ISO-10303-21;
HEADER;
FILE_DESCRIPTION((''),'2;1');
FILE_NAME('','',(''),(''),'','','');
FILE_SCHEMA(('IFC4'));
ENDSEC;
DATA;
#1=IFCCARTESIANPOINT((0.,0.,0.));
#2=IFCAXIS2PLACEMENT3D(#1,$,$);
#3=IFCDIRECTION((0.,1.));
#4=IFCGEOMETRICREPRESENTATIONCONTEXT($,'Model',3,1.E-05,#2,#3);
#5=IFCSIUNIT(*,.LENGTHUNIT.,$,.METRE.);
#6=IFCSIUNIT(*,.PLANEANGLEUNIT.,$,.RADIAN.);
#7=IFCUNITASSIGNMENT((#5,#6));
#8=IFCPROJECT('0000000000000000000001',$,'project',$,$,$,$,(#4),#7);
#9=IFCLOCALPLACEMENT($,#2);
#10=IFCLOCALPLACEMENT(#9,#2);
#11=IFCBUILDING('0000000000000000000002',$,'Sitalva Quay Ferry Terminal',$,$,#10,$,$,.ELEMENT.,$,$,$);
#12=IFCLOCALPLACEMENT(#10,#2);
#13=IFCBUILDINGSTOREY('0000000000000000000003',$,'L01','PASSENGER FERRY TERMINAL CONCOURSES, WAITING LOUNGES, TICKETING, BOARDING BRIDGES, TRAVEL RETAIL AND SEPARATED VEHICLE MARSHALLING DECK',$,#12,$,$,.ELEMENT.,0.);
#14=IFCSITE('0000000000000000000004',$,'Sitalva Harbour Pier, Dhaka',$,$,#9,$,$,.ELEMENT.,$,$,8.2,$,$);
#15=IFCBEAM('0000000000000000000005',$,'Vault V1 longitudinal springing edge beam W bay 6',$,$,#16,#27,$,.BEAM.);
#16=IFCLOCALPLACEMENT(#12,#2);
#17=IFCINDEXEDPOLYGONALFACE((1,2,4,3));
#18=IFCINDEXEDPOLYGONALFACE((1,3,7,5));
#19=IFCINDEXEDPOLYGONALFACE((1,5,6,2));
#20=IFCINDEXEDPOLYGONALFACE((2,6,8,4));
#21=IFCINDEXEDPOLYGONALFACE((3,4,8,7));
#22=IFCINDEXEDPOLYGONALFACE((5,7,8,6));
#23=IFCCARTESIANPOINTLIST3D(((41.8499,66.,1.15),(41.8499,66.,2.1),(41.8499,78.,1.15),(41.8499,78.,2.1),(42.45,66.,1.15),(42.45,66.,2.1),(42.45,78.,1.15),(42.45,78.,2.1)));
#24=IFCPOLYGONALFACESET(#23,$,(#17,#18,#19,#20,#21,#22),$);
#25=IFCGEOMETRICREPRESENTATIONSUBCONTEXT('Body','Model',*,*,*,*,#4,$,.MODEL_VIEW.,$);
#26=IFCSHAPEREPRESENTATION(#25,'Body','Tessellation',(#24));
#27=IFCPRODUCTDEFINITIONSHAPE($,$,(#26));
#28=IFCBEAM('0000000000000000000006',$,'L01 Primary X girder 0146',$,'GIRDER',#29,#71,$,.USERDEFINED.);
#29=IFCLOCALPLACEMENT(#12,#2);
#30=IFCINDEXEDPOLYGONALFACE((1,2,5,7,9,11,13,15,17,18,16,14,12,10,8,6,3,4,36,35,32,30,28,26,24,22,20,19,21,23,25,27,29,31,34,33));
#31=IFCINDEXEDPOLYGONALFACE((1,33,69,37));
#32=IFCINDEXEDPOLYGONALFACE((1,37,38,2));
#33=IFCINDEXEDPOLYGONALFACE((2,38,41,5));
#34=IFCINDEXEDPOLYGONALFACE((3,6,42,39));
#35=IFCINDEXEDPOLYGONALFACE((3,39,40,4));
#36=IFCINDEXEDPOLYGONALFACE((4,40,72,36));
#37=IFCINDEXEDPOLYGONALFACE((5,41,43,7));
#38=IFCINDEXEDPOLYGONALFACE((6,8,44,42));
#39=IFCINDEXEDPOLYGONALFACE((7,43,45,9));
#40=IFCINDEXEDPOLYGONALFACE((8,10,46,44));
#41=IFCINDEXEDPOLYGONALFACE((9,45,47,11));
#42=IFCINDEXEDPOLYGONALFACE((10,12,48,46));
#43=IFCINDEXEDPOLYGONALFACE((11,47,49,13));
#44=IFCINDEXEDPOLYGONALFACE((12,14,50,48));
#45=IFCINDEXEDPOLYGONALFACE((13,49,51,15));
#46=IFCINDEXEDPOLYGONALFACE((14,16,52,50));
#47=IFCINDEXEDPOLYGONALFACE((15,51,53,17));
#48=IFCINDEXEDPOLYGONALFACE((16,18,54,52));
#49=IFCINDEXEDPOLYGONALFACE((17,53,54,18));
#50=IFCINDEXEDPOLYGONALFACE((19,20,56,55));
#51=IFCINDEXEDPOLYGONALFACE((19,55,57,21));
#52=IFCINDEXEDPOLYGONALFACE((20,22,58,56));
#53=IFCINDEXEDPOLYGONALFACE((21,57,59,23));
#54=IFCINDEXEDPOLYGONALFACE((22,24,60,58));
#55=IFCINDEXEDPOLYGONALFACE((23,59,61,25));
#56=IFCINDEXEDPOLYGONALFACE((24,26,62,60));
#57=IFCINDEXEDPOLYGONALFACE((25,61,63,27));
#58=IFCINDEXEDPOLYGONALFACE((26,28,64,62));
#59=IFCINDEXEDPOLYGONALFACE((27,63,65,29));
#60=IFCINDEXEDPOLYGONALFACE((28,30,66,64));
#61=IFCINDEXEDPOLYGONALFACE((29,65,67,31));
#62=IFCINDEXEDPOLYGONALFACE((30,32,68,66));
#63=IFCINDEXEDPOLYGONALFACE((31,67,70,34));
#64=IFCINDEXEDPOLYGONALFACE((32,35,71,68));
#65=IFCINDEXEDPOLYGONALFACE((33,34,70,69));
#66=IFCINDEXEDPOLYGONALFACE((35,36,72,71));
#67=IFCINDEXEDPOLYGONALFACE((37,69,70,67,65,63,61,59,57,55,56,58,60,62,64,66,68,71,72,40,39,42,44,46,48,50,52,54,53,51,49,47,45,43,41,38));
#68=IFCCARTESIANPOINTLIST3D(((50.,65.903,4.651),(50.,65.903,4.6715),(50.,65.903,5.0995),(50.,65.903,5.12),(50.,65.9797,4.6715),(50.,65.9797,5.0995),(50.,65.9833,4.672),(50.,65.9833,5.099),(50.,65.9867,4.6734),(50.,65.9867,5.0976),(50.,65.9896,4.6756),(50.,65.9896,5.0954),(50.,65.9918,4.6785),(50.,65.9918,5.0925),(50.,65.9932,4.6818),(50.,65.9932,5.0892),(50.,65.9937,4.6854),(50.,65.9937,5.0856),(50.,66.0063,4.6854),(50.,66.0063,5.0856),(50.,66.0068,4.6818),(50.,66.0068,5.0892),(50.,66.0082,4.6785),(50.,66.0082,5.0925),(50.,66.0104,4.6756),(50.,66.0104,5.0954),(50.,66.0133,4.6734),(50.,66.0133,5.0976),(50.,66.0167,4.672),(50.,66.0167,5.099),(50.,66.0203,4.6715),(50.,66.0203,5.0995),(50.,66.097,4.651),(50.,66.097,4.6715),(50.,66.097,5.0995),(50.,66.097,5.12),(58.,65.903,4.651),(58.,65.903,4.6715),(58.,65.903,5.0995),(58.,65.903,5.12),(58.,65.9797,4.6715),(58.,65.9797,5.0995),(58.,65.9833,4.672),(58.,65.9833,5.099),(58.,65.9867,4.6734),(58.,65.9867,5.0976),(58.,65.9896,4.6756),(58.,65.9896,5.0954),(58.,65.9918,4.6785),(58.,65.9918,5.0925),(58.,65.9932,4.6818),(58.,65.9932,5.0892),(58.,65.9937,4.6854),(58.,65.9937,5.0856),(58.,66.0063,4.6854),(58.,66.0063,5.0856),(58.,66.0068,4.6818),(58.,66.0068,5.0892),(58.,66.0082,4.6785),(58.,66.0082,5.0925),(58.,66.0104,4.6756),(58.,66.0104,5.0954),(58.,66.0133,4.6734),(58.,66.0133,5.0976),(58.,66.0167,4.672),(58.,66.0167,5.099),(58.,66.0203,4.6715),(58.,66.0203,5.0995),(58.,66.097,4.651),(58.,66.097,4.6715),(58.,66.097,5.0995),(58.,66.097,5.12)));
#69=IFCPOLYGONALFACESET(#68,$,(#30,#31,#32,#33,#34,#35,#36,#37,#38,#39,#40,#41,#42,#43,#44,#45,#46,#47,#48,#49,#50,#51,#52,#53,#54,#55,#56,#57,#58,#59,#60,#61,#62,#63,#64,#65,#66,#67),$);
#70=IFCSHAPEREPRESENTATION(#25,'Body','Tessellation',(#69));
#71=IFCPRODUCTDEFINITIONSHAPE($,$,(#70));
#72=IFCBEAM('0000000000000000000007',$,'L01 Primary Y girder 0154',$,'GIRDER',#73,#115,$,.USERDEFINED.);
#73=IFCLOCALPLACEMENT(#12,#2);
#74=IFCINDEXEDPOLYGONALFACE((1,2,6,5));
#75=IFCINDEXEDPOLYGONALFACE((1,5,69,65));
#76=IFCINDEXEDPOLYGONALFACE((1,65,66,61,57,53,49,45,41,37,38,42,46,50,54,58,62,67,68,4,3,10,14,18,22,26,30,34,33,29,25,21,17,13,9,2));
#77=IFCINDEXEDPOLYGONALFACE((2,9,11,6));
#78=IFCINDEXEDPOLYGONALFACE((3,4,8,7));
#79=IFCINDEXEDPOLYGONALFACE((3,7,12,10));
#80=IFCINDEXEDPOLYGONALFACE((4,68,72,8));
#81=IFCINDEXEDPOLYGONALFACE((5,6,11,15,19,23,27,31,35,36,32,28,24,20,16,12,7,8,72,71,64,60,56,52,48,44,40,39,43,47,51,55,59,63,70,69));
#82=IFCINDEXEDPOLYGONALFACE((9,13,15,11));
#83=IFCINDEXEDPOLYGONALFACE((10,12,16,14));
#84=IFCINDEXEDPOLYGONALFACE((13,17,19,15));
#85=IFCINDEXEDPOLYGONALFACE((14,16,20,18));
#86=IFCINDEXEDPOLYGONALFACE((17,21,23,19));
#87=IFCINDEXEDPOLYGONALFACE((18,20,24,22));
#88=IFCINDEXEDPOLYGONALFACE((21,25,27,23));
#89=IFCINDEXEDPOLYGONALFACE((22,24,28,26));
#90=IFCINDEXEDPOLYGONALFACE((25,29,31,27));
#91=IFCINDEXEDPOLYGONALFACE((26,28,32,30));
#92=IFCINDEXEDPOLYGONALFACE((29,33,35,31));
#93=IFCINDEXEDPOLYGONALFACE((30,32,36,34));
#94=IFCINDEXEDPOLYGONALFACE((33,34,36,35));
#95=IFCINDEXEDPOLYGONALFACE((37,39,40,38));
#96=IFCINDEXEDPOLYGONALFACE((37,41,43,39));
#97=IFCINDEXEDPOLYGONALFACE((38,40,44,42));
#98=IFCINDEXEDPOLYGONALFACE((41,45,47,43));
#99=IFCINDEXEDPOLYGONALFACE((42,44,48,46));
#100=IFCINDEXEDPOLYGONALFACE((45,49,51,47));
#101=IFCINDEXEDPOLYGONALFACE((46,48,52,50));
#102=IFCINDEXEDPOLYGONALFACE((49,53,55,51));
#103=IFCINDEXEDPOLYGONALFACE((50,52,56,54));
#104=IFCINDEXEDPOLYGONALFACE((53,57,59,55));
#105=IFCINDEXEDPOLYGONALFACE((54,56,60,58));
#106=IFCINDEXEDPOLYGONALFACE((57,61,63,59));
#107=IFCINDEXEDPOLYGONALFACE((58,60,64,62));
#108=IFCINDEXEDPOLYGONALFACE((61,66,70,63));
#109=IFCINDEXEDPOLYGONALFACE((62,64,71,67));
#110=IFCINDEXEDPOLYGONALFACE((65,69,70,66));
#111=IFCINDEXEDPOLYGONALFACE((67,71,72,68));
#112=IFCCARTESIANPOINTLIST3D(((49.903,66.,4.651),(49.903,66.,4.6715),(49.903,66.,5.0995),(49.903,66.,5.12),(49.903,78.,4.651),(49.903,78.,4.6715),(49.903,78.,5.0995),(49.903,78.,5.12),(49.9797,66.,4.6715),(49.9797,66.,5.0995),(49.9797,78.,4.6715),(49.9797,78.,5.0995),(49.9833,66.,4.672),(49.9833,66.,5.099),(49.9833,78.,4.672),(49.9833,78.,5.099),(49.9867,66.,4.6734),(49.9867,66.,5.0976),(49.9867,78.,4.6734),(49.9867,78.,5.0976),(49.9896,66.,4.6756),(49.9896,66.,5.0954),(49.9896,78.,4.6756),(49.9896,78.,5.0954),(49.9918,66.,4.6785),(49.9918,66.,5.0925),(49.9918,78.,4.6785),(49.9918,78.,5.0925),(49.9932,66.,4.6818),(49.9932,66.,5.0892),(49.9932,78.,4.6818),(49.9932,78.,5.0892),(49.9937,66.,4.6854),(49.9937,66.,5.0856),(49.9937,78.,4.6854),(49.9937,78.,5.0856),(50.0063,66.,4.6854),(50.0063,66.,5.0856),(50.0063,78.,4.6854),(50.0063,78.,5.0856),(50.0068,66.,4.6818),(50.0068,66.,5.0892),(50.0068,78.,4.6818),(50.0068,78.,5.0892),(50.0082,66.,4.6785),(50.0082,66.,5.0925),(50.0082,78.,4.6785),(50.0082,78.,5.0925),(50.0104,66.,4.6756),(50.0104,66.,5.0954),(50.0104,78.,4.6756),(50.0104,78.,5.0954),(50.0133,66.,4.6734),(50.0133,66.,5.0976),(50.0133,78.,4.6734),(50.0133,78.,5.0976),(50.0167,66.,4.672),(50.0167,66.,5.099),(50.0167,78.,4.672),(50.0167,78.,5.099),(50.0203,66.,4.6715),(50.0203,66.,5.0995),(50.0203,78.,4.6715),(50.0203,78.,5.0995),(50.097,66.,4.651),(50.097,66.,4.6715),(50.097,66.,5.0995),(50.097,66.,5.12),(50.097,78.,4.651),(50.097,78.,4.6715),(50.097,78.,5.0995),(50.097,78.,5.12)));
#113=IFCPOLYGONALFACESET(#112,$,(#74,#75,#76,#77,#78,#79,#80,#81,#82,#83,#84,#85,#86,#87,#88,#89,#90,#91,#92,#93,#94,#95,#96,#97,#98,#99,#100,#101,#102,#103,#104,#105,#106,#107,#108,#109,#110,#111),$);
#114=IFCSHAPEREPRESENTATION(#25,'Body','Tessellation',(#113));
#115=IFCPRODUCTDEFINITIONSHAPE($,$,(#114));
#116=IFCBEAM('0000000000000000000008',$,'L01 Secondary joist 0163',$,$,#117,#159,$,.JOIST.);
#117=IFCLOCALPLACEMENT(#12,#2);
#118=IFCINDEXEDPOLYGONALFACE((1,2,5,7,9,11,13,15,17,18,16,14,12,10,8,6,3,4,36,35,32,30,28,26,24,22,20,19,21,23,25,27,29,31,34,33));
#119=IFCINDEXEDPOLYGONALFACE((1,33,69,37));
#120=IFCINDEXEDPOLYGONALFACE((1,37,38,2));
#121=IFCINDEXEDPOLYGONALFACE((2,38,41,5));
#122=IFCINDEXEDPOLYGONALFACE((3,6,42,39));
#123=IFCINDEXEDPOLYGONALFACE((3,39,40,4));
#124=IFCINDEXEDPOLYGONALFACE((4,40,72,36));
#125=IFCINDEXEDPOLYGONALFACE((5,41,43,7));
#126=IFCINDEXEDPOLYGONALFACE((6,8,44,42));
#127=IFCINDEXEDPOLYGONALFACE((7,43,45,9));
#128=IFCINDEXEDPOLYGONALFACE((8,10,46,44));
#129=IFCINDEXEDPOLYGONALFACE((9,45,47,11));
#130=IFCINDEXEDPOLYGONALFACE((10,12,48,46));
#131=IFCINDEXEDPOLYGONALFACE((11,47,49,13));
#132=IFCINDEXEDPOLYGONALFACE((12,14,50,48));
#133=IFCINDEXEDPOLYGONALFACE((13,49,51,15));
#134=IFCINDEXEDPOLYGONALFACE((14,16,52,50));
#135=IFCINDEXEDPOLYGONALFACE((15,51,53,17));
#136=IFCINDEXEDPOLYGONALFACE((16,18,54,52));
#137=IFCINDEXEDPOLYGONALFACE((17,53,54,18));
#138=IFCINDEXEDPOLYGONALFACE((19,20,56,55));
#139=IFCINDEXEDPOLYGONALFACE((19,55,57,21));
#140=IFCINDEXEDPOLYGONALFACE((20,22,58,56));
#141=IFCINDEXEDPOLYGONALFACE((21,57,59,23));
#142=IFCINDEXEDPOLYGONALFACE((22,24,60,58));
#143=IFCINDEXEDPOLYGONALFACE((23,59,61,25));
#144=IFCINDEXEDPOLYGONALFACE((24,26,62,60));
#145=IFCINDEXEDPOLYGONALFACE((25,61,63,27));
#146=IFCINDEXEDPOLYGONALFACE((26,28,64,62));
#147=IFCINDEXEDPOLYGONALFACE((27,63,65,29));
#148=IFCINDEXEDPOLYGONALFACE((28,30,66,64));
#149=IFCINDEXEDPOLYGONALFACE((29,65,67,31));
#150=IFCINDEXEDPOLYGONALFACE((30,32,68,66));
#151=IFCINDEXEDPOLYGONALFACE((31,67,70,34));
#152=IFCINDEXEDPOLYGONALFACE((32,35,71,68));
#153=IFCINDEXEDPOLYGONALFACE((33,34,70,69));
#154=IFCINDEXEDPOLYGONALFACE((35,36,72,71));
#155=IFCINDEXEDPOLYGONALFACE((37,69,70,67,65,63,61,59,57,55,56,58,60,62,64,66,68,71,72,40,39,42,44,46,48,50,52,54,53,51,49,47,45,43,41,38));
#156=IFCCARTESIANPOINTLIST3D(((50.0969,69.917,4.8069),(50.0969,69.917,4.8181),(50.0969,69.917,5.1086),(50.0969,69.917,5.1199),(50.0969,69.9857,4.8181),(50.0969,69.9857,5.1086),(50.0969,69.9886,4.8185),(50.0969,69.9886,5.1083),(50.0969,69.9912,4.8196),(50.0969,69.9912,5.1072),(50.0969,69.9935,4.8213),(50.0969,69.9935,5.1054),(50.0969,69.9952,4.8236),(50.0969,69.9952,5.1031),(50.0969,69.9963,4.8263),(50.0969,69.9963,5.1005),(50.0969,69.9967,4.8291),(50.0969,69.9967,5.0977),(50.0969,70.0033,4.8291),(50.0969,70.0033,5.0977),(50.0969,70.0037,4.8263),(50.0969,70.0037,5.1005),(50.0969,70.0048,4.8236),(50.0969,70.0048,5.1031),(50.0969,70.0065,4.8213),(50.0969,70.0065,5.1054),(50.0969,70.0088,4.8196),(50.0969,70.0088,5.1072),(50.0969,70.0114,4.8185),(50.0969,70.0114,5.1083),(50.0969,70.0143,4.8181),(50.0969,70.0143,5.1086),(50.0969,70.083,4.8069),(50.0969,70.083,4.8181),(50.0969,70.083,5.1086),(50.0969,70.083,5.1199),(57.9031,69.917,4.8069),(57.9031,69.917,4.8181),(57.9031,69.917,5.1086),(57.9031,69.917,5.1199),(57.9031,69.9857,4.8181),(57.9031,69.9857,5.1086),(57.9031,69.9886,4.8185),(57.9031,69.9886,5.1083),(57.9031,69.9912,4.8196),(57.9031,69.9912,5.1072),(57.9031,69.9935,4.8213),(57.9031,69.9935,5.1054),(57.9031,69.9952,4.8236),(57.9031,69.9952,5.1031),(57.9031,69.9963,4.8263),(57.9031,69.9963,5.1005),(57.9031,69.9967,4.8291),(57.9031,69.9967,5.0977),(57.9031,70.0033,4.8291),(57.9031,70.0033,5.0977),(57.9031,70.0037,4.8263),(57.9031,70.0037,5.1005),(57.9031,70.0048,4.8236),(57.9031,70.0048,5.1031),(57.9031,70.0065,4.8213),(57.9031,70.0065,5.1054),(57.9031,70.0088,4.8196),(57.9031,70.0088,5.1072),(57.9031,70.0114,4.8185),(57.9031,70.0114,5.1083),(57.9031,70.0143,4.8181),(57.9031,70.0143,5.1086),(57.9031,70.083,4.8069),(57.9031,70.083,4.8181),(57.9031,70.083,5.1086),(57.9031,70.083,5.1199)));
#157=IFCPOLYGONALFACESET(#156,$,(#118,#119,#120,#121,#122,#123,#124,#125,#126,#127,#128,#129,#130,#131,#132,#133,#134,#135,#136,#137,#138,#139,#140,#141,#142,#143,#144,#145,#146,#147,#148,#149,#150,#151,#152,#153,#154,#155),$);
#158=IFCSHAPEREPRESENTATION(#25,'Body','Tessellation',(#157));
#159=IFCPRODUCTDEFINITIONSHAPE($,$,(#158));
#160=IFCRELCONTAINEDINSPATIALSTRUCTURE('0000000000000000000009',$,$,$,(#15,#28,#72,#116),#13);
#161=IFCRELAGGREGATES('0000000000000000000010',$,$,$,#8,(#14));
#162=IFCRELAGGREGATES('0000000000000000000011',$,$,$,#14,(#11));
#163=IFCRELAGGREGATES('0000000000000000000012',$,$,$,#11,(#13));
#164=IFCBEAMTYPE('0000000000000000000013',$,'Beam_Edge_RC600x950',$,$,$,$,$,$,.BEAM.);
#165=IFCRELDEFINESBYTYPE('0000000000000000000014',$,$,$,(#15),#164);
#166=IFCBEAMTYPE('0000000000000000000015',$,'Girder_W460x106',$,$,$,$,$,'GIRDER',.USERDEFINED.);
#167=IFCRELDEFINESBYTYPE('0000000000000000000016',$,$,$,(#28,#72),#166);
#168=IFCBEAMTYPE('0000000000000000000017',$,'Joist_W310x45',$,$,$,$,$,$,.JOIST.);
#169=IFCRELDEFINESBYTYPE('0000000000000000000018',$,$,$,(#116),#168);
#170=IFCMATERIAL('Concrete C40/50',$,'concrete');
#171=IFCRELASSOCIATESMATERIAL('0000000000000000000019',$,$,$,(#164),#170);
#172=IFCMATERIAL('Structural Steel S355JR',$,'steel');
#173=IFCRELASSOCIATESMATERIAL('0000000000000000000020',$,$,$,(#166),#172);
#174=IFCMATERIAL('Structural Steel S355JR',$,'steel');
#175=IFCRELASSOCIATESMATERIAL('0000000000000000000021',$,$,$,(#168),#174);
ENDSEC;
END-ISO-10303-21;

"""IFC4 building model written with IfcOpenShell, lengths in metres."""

from ifc_helpers import new_model, si_unit, direction, frame, origin, origin_2d, place, context, subcontext, project, spatial, rectangle, i_section, extrude, material, material_profile, profile_set, type_object, element, save


model = new_model("IFC4")

# Units and contexts
model_context = context("Model", 3, precision=1e-05, world=origin(), true_north=direction((0.0, 1.0)))
body_context = subcontext(model_context, "Body", "Model", "MODEL_VIEW")
ifc_project = project(units=[si_unit("LENGTHUNIT", "METRE"), si_unit("PLANEANGLEUNIT", "RADIAN")], contexts=[model_context])

# Site, building, storey
site_placement = place(None, origin())
site = spatial("IfcSite", under=ifc_project, at=site_placement, Name="Sitalva Harbour Pier, Dhaka", CompositionType="ELEMENT", RefElevation=8.2)
building_placement = place(site_placement, origin())
building = spatial("IfcBuilding", under=site, at=building_placement, Name="Sitalva Quay Ferry Terminal", CompositionType="ELEMENT")
storey_placement = place(building_placement, origin())
storey = spatial("IfcBuildingStorey", under=building, at=storey_placement, Name="L01", Description="PASSENGER FERRY TERMINAL CONCOURSES, WAITING LOUNGES, TICKETING, BOARDING BRIDGES, TRAVEL RETAIL AND SEPARATED VEHICLE MARSHALLING DECK", CompositionType="ELEMENT", Elevation=0.0)

# Beams
ifc_material_1 = material(Name="Concrete C40/50", Category="concrete")
ifc_material_profile_1 = material_profile(ifc_material_1, rectangle(XDim=0.6001, YDim=0.95, at=origin_2d()), Name="RC600x950")
ifc_profile_set_1 = profile_set([ifc_material_profile_1], Name="Concrete C40/50")
beam_type_1 = type_object("IfcBeamType", Name="Beam_Edge_RC600x950", PredefinedType="BEAM", material=ifc_profile_set_1)
beam_1_placement = place(storey_placement, frame((42.1499, 66.0, 1.625), z_axis=(0.0, 1.0, 0.0), x_axis=(-1.0, 0.0, 0.0)))
element("IfcBeam", 1, at=beam_1_placement, inside=storey, type_object=beam_type_1, Name="Vault V1 longitudinal springing edge beam W bay 6", PredefinedType="BEAM", context=body_context, shape_type="SweptSolid", body=[
    extrude(rectangle(XDim=0.6001, YDim=0.95, at=origin_2d()), origin(), (0.0, 0.0, 1.0), 12.0),
])
ifc_material_2 = material(Name="Structural Steel S355JR", Category="steel")
ifc_material_profile_2 = material_profile(ifc_material_2, i_section(OverallWidth=0.1941, OverallDepth=0.469, WebThickness=0.0127, FlangeThickness=0.0205, FilletRadius=0.0139, at=origin_2d()), Name="W460x106")
ifc_profile_set_2 = profile_set([ifc_material_profile_2], Name="Structural Steel S355JR")
beam_type_2 = type_object("IfcBeamType", Name="Girder_W460x106", ElementType="GIRDER", PredefinedType="USERDEFINED", material=ifc_profile_set_2)
beam_2_placement = place(storey_placement, frame((50.0, 66.0, 4.8855), z_axis=(1.0, 0.0, 0.0), x_axis=(0.0, 1.0, 0.0)))
element("IfcBeam", 2, at=beam_2_placement, inside=storey, type_object=beam_type_2, Name="L01 Primary X girder 0146", ObjectType="GIRDER", PredefinedType="USERDEFINED", context=body_context, shape_type="SweptSolid", body=[
    extrude(i_section(OverallWidth=0.1941, OverallDepth=0.469, WebThickness=0.0127, FlangeThickness=0.0205, FilletRadius=0.0139, at=origin_2d()), origin(), (0.0, 0.0, 1.0), 8.0),
])
beam_3_placement = place(storey_placement, frame((50.0, 66.0, 4.8855), z_axis=(0.0, 1.0, 0.0), x_axis=(-1.0, 0.0, 0.0)))
element("IfcBeam", 3, at=beam_3_placement, inside=storey, type_object=beam_type_2, Name="L01 Primary Y girder 0154", ObjectType="GIRDER", PredefinedType="USERDEFINED", context=body_context, shape_type="SweptSolid", body=[
    extrude(i_section(OverallWidth=0.1941, OverallDepth=0.469, WebThickness=0.0127, FlangeThickness=0.0205, FilletRadius=0.0139, at=origin_2d()), origin(), (0.0, 0.0, 1.0), 12.0),
])
ifc_material_3 = material(Name="Structural Steel S355JR", Category="steel")
ifc_material_profile_3 = material_profile(ifc_material_3, i_section(OverallWidth=0.166, OverallDepth=0.313, WebThickness=0.0066, FlangeThickness=0.0112, FilletRadius=0.011, at=origin_2d()), Name="W310x45")
ifc_profile_set_3 = profile_set([ifc_material_profile_3], Name="Structural Steel S355JR")
beam_type_3 = type_object("IfcBeamType", Name="Joist_W310x45", PredefinedType="JOIST", material=ifc_profile_set_3)
for number, where, z_axis, x_axis, name in (
    (4, (50.0969, 70.0, 4.9634), (1.0, 0.0, 0.0), (0.0, 1.0, 0.0), "L01 Secondary joist 0163"),
):
    element("IfcBeam", number, at=place(storey_placement, frame(where, z_axis=z_axis, x_axis=x_axis)), inside=storey, type_object=beam_type_3, Name=name, PredefinedType="JOIST", context=body_context, shape_type="SweptSolid", body=[
        extrude(i_section(OverallWidth=0.166, OverallDepth=0.313, WebThickness=0.0066, FlangeThickness=0.0112, FilletRadius=0.011, at=origin_2d()), origin(), (0.0, 0.0, 1.0), 7.8062),
    ])

save(model, "model.ifc")
